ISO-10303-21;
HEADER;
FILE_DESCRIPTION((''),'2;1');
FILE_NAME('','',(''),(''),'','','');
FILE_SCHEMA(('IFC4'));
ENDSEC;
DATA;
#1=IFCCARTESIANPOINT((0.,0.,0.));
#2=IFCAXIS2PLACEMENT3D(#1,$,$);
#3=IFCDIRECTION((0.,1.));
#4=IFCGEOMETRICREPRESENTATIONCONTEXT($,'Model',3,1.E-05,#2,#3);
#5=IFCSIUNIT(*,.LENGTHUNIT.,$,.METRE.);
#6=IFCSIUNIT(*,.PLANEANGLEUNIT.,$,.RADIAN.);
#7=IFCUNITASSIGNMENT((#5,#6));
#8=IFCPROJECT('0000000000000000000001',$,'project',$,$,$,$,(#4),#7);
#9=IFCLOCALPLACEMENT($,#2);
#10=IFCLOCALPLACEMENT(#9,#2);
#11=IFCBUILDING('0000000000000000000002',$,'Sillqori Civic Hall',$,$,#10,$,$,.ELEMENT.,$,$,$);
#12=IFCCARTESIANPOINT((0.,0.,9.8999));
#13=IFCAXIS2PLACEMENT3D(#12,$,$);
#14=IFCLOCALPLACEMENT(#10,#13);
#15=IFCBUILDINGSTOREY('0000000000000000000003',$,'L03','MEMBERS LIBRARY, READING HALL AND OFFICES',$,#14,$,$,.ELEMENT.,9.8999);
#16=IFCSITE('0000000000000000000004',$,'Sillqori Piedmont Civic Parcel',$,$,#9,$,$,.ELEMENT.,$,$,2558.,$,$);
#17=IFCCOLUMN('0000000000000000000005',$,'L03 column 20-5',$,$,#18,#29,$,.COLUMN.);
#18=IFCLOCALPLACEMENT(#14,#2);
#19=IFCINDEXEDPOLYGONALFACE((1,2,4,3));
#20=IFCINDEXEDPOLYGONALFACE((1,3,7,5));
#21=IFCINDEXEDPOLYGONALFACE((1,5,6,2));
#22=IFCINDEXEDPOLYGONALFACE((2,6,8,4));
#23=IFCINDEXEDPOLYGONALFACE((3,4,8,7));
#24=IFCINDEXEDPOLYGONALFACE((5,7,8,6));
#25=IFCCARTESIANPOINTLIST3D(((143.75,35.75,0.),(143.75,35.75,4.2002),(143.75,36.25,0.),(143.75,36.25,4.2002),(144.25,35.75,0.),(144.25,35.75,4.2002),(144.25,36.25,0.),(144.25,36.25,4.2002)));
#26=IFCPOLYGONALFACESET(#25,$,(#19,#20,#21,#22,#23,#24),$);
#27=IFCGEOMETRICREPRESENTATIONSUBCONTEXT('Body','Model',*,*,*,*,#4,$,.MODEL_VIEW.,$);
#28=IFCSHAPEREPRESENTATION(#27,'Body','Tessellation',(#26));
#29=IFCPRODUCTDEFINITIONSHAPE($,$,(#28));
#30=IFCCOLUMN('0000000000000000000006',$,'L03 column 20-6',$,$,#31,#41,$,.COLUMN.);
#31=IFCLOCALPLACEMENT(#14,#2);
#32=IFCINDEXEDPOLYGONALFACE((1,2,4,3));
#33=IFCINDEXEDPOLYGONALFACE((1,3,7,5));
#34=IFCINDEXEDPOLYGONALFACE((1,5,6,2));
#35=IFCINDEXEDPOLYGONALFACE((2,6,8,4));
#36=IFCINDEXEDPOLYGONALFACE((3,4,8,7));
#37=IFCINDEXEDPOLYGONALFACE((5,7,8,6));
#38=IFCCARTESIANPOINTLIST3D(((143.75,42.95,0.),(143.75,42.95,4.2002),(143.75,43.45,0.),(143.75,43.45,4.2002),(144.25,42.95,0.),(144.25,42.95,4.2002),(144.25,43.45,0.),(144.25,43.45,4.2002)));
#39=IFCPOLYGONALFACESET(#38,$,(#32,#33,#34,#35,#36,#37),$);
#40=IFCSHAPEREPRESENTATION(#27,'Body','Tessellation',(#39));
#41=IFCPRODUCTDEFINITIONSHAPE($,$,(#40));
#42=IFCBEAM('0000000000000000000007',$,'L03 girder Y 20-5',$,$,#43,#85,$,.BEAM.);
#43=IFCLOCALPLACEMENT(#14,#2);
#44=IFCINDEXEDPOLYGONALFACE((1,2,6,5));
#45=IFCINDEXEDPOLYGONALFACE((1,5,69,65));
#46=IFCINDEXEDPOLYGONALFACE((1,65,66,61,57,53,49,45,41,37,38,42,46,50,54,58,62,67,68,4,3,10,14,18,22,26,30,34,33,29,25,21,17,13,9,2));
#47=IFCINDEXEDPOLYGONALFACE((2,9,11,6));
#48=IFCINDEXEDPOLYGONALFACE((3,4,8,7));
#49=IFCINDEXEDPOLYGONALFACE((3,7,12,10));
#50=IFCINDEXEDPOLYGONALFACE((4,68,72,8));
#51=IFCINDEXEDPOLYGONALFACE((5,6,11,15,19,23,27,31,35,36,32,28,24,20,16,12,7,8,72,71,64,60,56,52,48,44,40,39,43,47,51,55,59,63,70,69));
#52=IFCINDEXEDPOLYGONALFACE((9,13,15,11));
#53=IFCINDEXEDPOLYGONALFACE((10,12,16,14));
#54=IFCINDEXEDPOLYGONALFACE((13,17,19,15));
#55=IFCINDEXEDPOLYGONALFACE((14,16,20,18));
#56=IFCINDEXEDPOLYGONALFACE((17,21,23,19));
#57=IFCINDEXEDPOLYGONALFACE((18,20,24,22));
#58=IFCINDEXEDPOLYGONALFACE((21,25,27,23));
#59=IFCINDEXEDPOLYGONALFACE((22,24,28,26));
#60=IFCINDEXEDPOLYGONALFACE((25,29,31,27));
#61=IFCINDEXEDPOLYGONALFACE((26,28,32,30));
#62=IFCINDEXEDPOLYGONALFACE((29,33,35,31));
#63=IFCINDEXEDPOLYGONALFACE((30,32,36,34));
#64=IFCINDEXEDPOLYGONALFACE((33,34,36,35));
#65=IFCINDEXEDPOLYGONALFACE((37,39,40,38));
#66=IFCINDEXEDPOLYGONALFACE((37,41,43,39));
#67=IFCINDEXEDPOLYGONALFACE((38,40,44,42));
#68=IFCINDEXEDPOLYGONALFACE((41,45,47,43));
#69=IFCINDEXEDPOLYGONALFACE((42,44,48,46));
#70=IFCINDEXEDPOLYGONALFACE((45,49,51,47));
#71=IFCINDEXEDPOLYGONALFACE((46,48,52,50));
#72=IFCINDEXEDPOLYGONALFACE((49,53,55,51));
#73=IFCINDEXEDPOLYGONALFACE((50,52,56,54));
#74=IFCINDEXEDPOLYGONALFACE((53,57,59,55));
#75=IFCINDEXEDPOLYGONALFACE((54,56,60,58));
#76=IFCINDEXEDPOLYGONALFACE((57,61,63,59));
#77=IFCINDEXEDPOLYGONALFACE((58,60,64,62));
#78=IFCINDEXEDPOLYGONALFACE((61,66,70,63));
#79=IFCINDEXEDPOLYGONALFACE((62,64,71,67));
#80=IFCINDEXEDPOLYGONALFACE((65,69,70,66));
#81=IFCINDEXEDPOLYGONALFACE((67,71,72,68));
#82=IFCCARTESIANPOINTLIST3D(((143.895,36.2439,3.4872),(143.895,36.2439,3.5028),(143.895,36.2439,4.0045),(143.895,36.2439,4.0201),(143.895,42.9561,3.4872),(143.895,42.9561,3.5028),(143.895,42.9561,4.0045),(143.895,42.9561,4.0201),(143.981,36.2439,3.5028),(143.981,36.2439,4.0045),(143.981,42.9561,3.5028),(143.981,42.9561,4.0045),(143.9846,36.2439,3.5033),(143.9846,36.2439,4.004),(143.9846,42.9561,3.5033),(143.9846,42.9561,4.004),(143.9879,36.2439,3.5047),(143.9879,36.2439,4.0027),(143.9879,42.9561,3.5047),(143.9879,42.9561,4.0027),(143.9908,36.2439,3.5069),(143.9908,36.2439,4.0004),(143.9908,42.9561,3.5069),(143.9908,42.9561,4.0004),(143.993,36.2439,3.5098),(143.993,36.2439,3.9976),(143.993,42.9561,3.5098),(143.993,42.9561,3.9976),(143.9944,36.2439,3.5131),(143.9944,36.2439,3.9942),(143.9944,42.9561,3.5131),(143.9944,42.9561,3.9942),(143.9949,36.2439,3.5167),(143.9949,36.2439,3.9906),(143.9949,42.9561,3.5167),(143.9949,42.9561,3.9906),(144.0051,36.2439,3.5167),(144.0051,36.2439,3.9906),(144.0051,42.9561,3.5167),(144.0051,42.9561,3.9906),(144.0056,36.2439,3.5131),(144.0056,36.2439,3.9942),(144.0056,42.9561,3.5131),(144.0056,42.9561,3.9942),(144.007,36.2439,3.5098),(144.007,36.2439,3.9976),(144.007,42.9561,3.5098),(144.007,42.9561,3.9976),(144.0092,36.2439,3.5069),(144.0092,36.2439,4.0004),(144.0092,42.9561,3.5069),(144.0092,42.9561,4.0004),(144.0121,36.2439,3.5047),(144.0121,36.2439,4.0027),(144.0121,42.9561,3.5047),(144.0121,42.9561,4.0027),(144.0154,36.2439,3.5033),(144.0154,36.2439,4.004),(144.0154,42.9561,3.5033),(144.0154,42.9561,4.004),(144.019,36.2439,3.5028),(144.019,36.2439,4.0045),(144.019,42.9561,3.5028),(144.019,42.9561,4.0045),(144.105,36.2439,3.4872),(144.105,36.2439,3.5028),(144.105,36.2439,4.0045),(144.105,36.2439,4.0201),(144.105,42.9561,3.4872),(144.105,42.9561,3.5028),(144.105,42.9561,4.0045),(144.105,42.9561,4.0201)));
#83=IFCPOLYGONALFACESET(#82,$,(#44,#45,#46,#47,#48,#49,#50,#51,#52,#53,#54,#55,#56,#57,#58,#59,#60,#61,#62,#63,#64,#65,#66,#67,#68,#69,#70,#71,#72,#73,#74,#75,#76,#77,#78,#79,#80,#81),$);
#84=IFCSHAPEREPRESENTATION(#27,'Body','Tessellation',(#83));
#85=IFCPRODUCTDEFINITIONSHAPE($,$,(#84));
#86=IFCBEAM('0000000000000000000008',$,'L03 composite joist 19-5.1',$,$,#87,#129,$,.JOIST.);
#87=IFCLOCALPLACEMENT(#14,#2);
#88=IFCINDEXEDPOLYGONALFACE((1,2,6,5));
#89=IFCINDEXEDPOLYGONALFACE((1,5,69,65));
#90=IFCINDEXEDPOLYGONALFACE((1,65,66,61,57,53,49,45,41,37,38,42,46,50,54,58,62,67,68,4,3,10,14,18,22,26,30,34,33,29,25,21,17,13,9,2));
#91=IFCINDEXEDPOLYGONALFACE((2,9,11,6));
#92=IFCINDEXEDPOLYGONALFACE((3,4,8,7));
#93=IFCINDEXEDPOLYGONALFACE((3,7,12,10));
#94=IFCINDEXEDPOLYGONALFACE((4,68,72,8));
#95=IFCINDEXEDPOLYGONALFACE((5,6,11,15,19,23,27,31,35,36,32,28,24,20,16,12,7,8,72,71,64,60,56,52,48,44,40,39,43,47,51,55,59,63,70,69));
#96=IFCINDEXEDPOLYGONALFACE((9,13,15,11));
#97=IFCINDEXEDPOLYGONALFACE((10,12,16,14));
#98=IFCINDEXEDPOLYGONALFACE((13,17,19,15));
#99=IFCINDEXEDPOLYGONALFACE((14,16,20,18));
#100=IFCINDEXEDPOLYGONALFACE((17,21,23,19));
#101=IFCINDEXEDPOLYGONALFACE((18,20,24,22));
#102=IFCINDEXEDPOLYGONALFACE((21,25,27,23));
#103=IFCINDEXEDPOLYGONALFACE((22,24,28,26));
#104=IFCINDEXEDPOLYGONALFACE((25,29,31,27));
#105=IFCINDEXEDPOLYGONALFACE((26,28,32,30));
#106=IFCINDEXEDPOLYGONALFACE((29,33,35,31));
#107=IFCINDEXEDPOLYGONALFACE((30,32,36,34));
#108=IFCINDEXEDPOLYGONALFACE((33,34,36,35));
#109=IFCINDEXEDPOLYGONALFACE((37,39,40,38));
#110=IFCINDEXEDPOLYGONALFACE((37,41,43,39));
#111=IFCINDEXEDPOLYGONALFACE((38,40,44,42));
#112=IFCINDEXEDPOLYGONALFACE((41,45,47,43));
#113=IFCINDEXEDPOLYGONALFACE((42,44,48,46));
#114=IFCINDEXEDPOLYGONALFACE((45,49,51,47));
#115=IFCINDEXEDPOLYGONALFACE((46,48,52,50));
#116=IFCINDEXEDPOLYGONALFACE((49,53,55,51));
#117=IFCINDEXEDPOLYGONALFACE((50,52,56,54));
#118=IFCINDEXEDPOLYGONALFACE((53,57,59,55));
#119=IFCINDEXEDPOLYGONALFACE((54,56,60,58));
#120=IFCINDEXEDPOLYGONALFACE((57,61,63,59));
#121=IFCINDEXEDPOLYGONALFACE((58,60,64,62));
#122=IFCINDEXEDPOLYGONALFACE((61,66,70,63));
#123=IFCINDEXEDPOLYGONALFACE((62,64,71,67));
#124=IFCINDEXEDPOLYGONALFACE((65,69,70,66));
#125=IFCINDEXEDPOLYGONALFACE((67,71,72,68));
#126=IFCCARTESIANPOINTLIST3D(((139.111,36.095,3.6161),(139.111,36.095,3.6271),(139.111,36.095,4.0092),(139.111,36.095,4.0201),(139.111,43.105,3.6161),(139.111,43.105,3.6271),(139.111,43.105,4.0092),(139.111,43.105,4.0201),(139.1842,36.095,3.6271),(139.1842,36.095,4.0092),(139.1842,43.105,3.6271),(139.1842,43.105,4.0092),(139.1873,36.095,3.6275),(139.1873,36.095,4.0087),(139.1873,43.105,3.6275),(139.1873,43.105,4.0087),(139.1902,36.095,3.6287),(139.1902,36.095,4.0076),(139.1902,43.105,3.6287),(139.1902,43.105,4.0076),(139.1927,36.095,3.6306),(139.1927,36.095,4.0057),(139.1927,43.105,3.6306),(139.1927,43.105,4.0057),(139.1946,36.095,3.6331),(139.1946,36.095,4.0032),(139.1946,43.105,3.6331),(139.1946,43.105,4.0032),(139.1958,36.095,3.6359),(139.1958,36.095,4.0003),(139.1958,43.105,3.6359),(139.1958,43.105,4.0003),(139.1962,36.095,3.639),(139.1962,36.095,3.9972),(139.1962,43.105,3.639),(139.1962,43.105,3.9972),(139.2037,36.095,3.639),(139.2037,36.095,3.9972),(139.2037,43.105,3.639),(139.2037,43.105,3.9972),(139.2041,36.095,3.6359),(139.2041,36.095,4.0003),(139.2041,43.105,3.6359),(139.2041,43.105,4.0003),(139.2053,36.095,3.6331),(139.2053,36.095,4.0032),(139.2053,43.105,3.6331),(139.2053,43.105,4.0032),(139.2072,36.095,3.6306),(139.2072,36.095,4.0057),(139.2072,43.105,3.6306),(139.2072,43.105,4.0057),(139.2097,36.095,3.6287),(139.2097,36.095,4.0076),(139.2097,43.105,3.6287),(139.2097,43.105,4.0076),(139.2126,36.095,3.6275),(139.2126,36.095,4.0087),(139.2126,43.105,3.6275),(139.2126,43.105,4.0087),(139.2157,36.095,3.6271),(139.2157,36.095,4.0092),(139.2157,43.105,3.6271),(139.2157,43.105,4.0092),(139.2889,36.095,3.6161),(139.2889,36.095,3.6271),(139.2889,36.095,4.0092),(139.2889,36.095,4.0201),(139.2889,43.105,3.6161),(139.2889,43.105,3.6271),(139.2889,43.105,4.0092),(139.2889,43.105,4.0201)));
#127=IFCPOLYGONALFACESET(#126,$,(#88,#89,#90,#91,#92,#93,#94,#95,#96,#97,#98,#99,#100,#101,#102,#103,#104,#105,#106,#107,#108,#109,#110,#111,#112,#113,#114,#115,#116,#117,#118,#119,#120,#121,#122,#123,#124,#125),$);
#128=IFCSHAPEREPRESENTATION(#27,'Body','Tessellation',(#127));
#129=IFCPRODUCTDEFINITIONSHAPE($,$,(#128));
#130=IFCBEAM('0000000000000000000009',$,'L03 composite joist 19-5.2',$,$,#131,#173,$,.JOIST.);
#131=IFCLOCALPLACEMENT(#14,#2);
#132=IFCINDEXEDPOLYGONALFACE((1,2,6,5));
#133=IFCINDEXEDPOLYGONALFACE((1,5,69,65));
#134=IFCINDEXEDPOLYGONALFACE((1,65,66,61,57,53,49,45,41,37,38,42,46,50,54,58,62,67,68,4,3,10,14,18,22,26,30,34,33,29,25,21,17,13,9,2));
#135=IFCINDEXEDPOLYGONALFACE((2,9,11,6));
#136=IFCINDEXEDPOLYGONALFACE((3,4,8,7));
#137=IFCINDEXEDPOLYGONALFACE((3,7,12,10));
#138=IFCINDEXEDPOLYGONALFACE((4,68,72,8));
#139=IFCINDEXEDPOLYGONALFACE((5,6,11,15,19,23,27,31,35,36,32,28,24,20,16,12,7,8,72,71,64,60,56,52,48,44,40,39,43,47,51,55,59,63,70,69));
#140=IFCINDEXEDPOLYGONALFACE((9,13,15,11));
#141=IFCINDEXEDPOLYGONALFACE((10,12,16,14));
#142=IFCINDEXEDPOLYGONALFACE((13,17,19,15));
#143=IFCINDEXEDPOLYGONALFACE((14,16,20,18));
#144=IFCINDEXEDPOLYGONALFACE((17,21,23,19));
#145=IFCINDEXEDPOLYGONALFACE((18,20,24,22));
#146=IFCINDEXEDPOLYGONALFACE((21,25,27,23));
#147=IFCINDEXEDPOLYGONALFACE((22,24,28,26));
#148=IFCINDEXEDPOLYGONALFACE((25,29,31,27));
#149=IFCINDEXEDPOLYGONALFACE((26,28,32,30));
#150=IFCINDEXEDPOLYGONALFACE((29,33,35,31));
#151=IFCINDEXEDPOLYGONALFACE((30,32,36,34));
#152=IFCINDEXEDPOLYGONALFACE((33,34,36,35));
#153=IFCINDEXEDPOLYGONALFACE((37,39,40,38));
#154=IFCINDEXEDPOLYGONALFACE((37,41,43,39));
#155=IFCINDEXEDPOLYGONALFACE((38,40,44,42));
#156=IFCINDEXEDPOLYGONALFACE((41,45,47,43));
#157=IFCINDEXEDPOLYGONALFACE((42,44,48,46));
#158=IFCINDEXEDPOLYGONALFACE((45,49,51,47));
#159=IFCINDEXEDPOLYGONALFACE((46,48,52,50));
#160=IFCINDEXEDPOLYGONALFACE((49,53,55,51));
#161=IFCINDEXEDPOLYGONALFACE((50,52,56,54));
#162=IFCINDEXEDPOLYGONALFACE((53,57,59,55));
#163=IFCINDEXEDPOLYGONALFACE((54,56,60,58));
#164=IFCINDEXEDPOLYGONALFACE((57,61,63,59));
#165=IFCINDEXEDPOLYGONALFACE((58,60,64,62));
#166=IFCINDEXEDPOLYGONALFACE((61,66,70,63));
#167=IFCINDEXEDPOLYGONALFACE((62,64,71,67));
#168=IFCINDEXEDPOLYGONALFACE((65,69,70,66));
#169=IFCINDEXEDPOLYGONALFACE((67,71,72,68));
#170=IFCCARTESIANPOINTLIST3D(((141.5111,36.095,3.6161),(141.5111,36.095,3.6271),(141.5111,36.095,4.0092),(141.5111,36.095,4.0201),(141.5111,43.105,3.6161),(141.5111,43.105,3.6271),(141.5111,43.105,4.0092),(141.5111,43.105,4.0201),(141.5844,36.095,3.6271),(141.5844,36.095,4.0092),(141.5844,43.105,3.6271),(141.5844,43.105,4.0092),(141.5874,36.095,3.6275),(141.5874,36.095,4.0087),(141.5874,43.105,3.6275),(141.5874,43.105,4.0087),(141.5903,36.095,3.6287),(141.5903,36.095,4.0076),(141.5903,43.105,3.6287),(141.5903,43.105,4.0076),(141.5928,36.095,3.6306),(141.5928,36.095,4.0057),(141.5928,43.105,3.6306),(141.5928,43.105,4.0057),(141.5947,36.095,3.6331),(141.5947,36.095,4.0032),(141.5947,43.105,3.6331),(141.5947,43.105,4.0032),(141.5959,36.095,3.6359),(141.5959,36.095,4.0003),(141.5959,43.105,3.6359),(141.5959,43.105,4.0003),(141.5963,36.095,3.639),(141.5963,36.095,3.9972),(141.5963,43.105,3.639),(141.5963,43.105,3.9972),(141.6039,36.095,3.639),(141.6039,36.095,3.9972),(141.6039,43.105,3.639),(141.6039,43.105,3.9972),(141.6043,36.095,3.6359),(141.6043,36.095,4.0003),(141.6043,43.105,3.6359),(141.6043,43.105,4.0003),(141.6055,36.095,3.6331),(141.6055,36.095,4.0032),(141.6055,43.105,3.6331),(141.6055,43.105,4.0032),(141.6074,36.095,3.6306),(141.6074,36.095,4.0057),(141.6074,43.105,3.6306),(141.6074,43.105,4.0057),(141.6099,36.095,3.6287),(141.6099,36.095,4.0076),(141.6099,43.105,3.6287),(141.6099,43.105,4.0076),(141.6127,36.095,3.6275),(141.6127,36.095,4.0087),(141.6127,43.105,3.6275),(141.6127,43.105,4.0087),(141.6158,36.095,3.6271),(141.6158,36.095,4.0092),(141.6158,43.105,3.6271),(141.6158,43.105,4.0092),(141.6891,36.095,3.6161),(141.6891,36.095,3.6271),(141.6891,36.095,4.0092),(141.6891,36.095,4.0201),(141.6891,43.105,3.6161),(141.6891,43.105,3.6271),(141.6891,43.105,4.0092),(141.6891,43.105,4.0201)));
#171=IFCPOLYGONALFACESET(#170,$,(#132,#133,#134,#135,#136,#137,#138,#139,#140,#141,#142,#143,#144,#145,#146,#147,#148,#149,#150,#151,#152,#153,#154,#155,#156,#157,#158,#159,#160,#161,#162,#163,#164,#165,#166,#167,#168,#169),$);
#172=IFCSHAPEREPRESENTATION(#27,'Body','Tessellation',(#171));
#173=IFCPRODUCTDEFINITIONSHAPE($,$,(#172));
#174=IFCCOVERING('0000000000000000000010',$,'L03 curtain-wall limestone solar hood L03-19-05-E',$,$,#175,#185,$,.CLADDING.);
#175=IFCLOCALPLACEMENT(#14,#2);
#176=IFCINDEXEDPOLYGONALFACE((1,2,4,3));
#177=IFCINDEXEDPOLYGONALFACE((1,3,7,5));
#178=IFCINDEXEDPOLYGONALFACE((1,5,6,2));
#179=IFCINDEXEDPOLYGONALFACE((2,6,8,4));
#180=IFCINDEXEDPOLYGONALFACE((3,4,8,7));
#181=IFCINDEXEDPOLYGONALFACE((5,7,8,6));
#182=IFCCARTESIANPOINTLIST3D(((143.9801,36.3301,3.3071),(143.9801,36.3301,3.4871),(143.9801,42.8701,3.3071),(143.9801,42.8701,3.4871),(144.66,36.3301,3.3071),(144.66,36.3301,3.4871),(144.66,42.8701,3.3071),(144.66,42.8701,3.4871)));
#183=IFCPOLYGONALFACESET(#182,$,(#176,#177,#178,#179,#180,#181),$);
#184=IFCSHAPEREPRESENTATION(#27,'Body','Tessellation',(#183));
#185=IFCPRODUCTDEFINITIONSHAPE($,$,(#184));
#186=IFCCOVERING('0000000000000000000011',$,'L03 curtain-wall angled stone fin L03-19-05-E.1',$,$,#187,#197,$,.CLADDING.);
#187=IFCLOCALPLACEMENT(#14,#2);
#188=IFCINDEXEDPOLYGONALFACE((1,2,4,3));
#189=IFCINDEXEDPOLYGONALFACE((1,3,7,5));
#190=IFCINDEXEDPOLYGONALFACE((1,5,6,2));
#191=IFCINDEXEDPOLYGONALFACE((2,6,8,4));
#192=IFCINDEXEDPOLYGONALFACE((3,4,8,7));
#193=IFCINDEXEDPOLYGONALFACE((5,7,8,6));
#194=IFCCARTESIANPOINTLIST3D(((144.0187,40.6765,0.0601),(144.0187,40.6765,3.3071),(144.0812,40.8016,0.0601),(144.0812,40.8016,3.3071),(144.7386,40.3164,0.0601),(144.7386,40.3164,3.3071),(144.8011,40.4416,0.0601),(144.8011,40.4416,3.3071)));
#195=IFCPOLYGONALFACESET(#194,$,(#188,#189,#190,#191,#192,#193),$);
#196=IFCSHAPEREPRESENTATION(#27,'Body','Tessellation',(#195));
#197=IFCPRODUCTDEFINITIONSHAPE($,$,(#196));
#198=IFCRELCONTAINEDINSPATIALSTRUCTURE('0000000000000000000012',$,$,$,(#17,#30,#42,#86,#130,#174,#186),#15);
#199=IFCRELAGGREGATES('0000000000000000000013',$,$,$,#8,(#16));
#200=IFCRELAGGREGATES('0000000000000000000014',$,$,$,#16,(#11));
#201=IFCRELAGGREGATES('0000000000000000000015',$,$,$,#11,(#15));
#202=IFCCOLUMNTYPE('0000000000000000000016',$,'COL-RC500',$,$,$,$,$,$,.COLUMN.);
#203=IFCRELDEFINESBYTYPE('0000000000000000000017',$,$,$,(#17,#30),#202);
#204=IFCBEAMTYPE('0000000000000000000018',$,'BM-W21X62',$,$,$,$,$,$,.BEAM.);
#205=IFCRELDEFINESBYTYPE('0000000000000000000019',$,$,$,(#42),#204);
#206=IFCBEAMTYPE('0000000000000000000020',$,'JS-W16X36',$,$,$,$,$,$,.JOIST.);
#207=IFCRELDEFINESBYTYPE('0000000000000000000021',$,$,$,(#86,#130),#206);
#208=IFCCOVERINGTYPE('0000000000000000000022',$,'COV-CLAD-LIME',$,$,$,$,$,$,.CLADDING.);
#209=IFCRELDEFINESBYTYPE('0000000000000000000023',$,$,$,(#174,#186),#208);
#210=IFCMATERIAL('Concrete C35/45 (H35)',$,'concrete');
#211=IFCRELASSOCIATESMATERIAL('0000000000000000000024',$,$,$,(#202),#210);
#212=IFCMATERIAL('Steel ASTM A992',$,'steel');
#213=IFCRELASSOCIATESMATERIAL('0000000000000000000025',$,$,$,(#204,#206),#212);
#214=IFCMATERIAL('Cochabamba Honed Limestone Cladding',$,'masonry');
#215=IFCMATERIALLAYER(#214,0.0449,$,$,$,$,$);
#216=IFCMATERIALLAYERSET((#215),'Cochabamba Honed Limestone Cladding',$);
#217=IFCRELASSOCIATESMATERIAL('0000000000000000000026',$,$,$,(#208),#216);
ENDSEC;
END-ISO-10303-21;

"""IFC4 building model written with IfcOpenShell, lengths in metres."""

from ifc_helpers import new_model, si_unit, direction, frame, frame_2d, origin, origin_2d, place, context, subcontext, project, spatial, rectangle, i_section, extrude, material, layer, layer_set, material_profile, profile_set, type_object, element, save


model = new_model("IFC4")

# Units and contexts
model_context = context("Model", 3, precision=1e-05, world=origin(), true_north=direction((0.0, 1.0)))
body_context = subcontext(model_context, "Body", "Model", "MODEL_VIEW")
ifc_project = project(units=[si_unit("LENGTHUNIT", "METRE"), si_unit("PLANEANGLEUNIT", "RADIAN")], contexts=[model_context])

# Site, building, storey
site_placement = place(None, origin())
site = spatial("IfcSite", under=ifc_project, at=site_placement, Name="Sillqori Piedmont Civic Parcel", CompositionType="ELEMENT", RefElevation=2558.0)
building_placement = place(site_placement, origin())
building = spatial("IfcBuilding", under=site, at=building_placement, Name="Sillqori Civic Hall", CompositionType="ELEMENT")
storey_placement = place(building_placement, frame((0.0, 0.0, 9.8999)))
storey = spatial("IfcBuildingStorey", under=building, at=storey_placement, Name="L03", Description="MEMBERS LIBRARY, READING HALL AND OFFICES", CompositionType="ELEMENT", Elevation=9.8999)

# Columns
ifc_material_1 = material(Name="Concrete C35/45 (H35)", Category="concrete")
ifc_material_profile_1 = material_profile(ifc_material_1, rectangle(XDim=0.5, YDim=0.5, at=origin_2d()), Name="RC 500x500")
ifc_profile_set_1 = profile_set([ifc_material_profile_1], Name="Concrete C35/45 (H35)")
column_type = type_object("IfcColumnType", Name="COL-RC500", PredefinedType="COLUMN", material=ifc_profile_set_1)
for number, where, z_axis, x_axis, name in (
    (1, (144.0, 36.0, 0.0), (0.0, 0.0, 1.0), (1.0, 0.0, 0.0), "L03 column 20-5"),
    (2, (144.0, 43.2, 0.0), (0.0, 0.0, 1.0), (1.0, 0.0, 0.0), "L03 column 20-6"),
):
    element("IfcColumn", number, at=place(storey_placement, frame(where, z_axis=z_axis, x_axis=x_axis)), inside=storey, type_object=column_type, Name=name, PredefinedType="COLUMN", context=body_context, shape_type="SweptSolid", body=[
        extrude(rectangle(XDim=0.5, YDim=0.5, at=origin_2d()), origin(), (0.0, 0.0, 1.0), 4.2002),
    ])

# Beam
ifc_material_2 = material(Name="Steel ASTM A992", Category="steel")
ifc_material_profile_2 = material_profile(ifc_material_2, i_section(OverallWidth=0.21, OverallDepth=0.533, WebThickness=0.0103, FlangeThickness=0.0156, FilletRadius=0.0139, at=origin_2d()), Name="W21X62")
ifc_profile_set_2 = profile_set([ifc_material_profile_2], Name="Steel ASTM A992")
beam_type_1 = type_object("IfcBeamType", Name="BM-W21X62", PredefinedType="BEAM", material=ifc_profile_set_2)
beam_placement = place(storey_placement, frame((144.0, 36.2439, 3.7537), z_axis=(0.0, 1.0, 0.0), x_axis=(-1.0, 0.0, 0.0)))
element("IfcBeam", 3, at=beam_placement, inside=storey, type_object=beam_type_1, Name="L03 girder Y 20-5", PredefinedType="BEAM", context=body_context, shape_type="SweptSolid", body=[
    extrude(i_section(OverallWidth=0.21, OverallDepth=0.533, WebThickness=0.0103, FlangeThickness=0.0156, FilletRadius=0.0139, at=origin_2d()), origin(), (0.0, 0.0, 1.0), 6.7122),
])

# Beams
ifc_material_profile_3 = material_profile(ifc_material_2, i_section(OverallWidth=0.178, OverallDepth=0.4041, WebThickness=0.0076, FlangeThickness=0.011, FilletRadius=0.012, at=origin_2d()), Name="W16X36")
ifc_profile_set_3 = profile_set([ifc_material_profile_3], Name="Steel ASTM A992")
beam_type_2 = type_object("IfcBeamType", Name="JS-W16X36", PredefinedType="JOIST", material=ifc_profile_set_3)
for number, where, z_axis, x_axis, name in (
    (4, (139.2, 36.095, 3.8181), (0.0, 1.0, 0.0), (-1.0, 0.0, 0.0), "L03 composite joist 19-5.1"),
    (5, (141.6001, 36.095, 3.8181), (0.0, 1.0, 0.0), (-1.0, 0.0, 0.0), "L03 composite joist 19-5.2"),
):
    element("IfcBeam", number, at=place(storey_placement, frame(where, z_axis=z_axis, x_axis=x_axis)), inside=storey, type_object=beam_type_2, Name=name, PredefinedType="JOIST", context=body_context, shape_type="SweptSolid", body=[
        extrude(i_section(OverallWidth=0.178, OverallDepth=0.4041, WebThickness=0.0076, FlangeThickness=0.011, FilletRadius=0.012, at=origin_2d()), origin(), (0.0, 0.0, 1.0), 7.01),
    ])

# Coverings
ifc_material_3 = material(Name="Cochabamba Honed Limestone Cladding", Category="masonry")
ifc_layer_1 = layer(ifc_material_3, 0.0449)
ifc_layer_set_1 = layer_set([ifc_layer_1], Name="Cochabamba Honed Limestone Cladding")
covering_type = type_object("IfcCoveringType", Name="COV-CLAD-LIME", PredefinedType="CLADDING", material=ifc_layer_set_1)
covering_placement = place(storey_placement, frame((144.3201, 42.8701, 3.3071), z_axis=(0.0, 0.0, 1.0), x_axis=(0.0, -1.0, 0.0)))
element("IfcCovering", 6, at=covering_placement, inside=storey, type_object=covering_type, Name="L03 curtain-wall limestone solar hood L03-19-05-E", PredefinedType="CLADDING", context=body_context, shape_type="SweptSolid", body=[
    extrude(rectangle(XDim=6.54, YDim=0.6799, at=frame_2d((3.27, 0.0))), origin(), (0.0, 0.0, 1.0), 0.1799),
])
for number, where, z_axis, x_axis, name in (
    (7, (144.05, 40.739, 0.0601), (0.0, 0.0, 1.0), (0.894367, -0.447335, 0.0), "L03 curtain-wall angled stone fin L03-19-05-E.1"),
):
    element("IfcCovering", number, at=place(storey_placement, frame(where, z_axis=z_axis, x_axis=x_axis)), inside=storey, type_object=covering_type, Name=name, PredefinedType="CLADDING", context=body_context, shape_type="SweptSolid", body=[
        extrude(rectangle(XDim=0.8049, YDim=0.1399, at=frame_2d((0.4023, 0.0))), origin(), (0.0, 0.0, 1.0), 3.2471),
    ])

save(model, "model.ifc")
